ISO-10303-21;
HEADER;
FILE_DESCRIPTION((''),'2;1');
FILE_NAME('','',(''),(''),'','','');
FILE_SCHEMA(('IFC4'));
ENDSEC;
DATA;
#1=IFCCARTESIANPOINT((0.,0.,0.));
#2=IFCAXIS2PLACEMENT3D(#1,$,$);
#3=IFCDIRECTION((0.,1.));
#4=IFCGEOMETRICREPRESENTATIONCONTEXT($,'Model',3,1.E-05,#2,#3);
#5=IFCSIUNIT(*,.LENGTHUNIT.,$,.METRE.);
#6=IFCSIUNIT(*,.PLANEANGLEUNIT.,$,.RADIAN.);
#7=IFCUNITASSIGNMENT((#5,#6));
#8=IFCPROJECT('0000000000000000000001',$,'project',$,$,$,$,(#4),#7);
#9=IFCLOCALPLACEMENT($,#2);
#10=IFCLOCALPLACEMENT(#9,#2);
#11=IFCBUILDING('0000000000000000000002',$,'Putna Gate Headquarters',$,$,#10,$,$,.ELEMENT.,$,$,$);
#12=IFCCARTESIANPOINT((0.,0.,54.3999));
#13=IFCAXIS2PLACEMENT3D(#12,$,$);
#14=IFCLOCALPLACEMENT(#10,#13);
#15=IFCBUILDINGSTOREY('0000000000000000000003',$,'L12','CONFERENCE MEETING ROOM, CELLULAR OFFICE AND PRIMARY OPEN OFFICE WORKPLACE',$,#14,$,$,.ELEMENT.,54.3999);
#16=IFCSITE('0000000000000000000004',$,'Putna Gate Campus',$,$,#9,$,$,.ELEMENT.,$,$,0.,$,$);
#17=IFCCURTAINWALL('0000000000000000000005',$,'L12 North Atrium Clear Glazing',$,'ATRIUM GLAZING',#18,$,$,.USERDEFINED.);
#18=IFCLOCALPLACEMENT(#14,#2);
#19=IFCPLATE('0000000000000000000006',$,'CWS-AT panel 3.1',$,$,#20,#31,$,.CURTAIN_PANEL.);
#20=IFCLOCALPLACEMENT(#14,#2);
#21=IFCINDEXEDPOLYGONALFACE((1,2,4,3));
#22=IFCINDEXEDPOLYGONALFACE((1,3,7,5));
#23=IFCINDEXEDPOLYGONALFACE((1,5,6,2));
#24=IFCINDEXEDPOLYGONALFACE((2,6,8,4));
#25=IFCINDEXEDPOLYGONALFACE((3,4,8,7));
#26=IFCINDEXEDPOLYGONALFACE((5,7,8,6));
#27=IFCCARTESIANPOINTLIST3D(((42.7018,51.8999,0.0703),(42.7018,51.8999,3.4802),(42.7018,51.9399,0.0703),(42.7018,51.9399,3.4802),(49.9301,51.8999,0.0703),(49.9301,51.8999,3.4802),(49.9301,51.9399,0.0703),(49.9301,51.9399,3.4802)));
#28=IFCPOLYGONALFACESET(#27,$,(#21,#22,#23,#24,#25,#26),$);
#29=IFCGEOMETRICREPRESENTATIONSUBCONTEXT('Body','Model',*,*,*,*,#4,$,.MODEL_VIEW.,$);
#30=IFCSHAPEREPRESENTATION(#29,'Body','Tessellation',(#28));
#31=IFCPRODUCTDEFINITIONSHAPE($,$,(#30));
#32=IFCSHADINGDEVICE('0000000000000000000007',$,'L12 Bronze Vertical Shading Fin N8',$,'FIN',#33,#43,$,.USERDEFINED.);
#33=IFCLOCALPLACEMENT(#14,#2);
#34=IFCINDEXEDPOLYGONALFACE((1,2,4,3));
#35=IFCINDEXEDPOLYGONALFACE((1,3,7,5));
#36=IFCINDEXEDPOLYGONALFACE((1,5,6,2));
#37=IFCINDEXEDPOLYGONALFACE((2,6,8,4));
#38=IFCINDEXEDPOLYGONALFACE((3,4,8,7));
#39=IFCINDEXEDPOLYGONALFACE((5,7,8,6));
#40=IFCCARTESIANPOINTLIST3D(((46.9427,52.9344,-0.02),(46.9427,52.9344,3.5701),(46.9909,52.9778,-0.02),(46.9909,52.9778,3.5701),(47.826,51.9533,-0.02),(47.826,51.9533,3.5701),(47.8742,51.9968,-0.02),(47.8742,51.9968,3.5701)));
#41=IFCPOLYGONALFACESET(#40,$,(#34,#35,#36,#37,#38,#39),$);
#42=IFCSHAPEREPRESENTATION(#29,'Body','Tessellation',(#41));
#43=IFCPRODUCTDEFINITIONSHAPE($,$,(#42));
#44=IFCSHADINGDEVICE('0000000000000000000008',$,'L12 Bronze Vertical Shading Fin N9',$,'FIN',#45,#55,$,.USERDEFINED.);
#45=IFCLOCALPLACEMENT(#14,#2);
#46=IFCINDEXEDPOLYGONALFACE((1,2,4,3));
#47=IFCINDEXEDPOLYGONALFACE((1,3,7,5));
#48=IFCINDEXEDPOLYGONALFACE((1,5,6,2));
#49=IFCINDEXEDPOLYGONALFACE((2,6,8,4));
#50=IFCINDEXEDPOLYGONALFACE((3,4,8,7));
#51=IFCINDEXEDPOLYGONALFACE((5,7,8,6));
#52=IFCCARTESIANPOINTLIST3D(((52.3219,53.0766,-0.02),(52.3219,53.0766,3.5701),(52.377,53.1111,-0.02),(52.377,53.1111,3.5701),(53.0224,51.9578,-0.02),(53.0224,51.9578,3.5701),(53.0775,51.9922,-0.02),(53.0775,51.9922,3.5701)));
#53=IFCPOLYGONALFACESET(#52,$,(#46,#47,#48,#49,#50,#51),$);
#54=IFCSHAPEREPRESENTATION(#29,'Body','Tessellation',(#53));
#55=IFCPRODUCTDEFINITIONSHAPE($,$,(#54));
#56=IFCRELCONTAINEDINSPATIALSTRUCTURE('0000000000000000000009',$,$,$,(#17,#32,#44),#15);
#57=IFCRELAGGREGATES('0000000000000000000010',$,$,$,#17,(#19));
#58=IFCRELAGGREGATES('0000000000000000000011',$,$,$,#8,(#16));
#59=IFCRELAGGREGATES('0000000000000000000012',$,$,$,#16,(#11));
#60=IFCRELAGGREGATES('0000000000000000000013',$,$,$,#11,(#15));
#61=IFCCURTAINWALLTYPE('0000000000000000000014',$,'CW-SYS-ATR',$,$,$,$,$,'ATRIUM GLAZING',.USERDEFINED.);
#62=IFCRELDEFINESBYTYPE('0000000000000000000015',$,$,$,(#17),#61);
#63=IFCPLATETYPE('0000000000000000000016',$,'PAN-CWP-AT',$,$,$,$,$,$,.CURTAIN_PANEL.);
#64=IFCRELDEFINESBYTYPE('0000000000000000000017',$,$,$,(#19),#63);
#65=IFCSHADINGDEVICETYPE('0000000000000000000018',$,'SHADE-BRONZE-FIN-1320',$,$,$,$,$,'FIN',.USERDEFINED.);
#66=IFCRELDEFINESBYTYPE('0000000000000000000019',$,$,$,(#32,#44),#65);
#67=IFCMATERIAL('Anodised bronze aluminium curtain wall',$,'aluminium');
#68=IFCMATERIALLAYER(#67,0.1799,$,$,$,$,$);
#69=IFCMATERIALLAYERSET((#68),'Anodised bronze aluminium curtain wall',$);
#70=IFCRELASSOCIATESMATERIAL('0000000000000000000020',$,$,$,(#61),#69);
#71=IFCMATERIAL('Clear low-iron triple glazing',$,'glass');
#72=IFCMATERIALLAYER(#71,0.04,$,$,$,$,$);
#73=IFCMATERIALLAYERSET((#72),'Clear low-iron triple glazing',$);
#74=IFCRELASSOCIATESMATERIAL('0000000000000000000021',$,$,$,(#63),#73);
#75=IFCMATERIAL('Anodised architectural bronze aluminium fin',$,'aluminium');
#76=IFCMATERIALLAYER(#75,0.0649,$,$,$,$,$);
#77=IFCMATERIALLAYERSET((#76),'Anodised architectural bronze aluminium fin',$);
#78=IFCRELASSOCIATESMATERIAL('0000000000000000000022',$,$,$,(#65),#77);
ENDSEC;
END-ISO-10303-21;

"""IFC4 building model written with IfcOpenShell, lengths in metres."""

from ifc_helpers import new_model, si_unit, direction, frame, origin, origin_2d, place, context, subcontext, project, spatial, rectangle, extrude, material, layer, layer_set, type_object, element, aggregate, save


model = new_model("IFC4")

# Units and contexts
model_context = context("Model", 3, precision=1e-05, world=origin(), true_north=direction((0.0, 1.0)))
body_context = subcontext(model_context, "Body", "Model", "MODEL_VIEW")
ifc_project = project(units=[si_unit("LENGTHUNIT", "METRE"), si_unit("PLANEANGLEUNIT", "RADIAN")], contexts=[model_context])

# Site, building, storey
site_placement = place(None, origin())
site = spatial("IfcSite", under=ifc_project, at=site_placement, Name="Putna Gate Campus", CompositionType="ELEMENT", RefElevation=0.0)
building_placement = place(site_placement, origin())
building = spatial("IfcBuilding", under=site, at=building_placement, Name="Putna Gate Headquarters", CompositionType="ELEMENT")
storey_placement = place(building_placement, frame((0.0, 0.0, 54.3999)))
storey = spatial("IfcBuildingStorey", under=building, at=storey_placement, Name="L12", Description="CONFERENCE MEETING ROOM, CELLULAR OFFICE AND PRIMARY OPEN OFFICE WORKPLACE", CompositionType="ELEMENT", Elevation=54.3999)

# Shared definitions
ifc_material_1 = material(Name="Anodised bronze aluminium curtain wall", Category="aluminium")

# Curtain wall
ifc_layer_1 = layer(ifc_material_1, 0.1799)
ifc_layer_set_1 = layer_set([ifc_layer_1], Name="Anodised bronze aluminium curtain wall")
curtain_wall_type_1 = type_object("IfcCurtainWallType", Name="CW-SYS-ATR", ElementType="ATRIUM GLAZING", PredefinedType="USERDEFINED", material=ifc_layer_set_1)
curtain_wall_1_placement = place(storey_placement, origin())
curtain_wall_1 = element("IfcCurtainWall", 1, at=curtain_wall_1_placement, inside=storey, type_object=curtain_wall_type_1, Name="L12 North Atrium Clear Glazing", ObjectType="ATRIUM GLAZING", PredefinedType="USERDEFINED")

# Plate
ifc_material_2 = material(Name="Clear low-iron triple glazing", Category="glass")
ifc_layer_2 = layer(ifc_material_2, 0.04)
ifc_layer_set_2 = layer_set([ifc_layer_2], Name="Clear low-iron triple glazing")
plate_type_1 = type_object("IfcPlateType", Name="PAN-CWP-AT", PredefinedType="CURTAIN_PANEL", material=ifc_layer_set_2)
plate_1_placement = place(storey_placement, frame((46.3159, 51.9199, 0.0703), z_axis=(0.0, 0.0, 1.0), x_axis=(1.0, 0.0, 0.0)))
plate_1 = element("IfcPlate", 2, at=plate_1_placement, type_object=plate_type_1, Name="CWS-AT panel 3.1", PredefinedType="CURTAIN_PANEL", context=body_context, shape_type="SweptSolid", body=[
    extrude(rectangle(XDim=7.2283, YDim=0.04, at=origin_2d()), origin(), (0.0, 0.0, 1.0), 3.4099),
])
aggregate(curtain_wall_1, [plate_1])

# Shading devices
ifc_material_3 = material(Name="Anodised architectural bronze aluminium fin", Category="aluminium")
ifc_layer_3 = layer(ifc_material_3, 0.0649)
ifc_layer_set_3 = layer_set([ifc_layer_3], Name="Anodised architectural bronze aluminium fin")
shading_device_type = type_object("IfcShadingDeviceType", Name="SHADE-BRONZE-FIN-1320", ElementType="FIN", PredefinedType="USERDEFINED", material=ifc_layer_set_3)
for number, where, z_axis, x_axis, name in (
    (3, (47.4084, 52.4656, -0.02), (0.0, 0.0, 1.0), (-0.669131, 0.743145, 0.0), "L12 Bronze Vertical Shading Fin N8"),
    (4, (52.6997, 52.5344, -0.02), (0.0, 0.0, 1.0), (-0.530659, 0.847585, 0.0), "L12 Bronze Vertical Shading Fin N9"),
):
    element("IfcShadingDevice", number, at=place(storey_placement, frame(where, z_axis=z_axis, x_axis=x_axis)), inside=storey, type_object=shading_device_type, Name=name, ObjectType="FIN", PredefinedType="USERDEFINED", context=body_context, shape_type="SweptSolid", body=[
        extrude(rectangle(XDim=1.3201, YDim=0.0649, at=origin_2d()), origin(), (0.0, 0.0, 1.0), 3.5901),
    ])

save(model, "model.ifc")
